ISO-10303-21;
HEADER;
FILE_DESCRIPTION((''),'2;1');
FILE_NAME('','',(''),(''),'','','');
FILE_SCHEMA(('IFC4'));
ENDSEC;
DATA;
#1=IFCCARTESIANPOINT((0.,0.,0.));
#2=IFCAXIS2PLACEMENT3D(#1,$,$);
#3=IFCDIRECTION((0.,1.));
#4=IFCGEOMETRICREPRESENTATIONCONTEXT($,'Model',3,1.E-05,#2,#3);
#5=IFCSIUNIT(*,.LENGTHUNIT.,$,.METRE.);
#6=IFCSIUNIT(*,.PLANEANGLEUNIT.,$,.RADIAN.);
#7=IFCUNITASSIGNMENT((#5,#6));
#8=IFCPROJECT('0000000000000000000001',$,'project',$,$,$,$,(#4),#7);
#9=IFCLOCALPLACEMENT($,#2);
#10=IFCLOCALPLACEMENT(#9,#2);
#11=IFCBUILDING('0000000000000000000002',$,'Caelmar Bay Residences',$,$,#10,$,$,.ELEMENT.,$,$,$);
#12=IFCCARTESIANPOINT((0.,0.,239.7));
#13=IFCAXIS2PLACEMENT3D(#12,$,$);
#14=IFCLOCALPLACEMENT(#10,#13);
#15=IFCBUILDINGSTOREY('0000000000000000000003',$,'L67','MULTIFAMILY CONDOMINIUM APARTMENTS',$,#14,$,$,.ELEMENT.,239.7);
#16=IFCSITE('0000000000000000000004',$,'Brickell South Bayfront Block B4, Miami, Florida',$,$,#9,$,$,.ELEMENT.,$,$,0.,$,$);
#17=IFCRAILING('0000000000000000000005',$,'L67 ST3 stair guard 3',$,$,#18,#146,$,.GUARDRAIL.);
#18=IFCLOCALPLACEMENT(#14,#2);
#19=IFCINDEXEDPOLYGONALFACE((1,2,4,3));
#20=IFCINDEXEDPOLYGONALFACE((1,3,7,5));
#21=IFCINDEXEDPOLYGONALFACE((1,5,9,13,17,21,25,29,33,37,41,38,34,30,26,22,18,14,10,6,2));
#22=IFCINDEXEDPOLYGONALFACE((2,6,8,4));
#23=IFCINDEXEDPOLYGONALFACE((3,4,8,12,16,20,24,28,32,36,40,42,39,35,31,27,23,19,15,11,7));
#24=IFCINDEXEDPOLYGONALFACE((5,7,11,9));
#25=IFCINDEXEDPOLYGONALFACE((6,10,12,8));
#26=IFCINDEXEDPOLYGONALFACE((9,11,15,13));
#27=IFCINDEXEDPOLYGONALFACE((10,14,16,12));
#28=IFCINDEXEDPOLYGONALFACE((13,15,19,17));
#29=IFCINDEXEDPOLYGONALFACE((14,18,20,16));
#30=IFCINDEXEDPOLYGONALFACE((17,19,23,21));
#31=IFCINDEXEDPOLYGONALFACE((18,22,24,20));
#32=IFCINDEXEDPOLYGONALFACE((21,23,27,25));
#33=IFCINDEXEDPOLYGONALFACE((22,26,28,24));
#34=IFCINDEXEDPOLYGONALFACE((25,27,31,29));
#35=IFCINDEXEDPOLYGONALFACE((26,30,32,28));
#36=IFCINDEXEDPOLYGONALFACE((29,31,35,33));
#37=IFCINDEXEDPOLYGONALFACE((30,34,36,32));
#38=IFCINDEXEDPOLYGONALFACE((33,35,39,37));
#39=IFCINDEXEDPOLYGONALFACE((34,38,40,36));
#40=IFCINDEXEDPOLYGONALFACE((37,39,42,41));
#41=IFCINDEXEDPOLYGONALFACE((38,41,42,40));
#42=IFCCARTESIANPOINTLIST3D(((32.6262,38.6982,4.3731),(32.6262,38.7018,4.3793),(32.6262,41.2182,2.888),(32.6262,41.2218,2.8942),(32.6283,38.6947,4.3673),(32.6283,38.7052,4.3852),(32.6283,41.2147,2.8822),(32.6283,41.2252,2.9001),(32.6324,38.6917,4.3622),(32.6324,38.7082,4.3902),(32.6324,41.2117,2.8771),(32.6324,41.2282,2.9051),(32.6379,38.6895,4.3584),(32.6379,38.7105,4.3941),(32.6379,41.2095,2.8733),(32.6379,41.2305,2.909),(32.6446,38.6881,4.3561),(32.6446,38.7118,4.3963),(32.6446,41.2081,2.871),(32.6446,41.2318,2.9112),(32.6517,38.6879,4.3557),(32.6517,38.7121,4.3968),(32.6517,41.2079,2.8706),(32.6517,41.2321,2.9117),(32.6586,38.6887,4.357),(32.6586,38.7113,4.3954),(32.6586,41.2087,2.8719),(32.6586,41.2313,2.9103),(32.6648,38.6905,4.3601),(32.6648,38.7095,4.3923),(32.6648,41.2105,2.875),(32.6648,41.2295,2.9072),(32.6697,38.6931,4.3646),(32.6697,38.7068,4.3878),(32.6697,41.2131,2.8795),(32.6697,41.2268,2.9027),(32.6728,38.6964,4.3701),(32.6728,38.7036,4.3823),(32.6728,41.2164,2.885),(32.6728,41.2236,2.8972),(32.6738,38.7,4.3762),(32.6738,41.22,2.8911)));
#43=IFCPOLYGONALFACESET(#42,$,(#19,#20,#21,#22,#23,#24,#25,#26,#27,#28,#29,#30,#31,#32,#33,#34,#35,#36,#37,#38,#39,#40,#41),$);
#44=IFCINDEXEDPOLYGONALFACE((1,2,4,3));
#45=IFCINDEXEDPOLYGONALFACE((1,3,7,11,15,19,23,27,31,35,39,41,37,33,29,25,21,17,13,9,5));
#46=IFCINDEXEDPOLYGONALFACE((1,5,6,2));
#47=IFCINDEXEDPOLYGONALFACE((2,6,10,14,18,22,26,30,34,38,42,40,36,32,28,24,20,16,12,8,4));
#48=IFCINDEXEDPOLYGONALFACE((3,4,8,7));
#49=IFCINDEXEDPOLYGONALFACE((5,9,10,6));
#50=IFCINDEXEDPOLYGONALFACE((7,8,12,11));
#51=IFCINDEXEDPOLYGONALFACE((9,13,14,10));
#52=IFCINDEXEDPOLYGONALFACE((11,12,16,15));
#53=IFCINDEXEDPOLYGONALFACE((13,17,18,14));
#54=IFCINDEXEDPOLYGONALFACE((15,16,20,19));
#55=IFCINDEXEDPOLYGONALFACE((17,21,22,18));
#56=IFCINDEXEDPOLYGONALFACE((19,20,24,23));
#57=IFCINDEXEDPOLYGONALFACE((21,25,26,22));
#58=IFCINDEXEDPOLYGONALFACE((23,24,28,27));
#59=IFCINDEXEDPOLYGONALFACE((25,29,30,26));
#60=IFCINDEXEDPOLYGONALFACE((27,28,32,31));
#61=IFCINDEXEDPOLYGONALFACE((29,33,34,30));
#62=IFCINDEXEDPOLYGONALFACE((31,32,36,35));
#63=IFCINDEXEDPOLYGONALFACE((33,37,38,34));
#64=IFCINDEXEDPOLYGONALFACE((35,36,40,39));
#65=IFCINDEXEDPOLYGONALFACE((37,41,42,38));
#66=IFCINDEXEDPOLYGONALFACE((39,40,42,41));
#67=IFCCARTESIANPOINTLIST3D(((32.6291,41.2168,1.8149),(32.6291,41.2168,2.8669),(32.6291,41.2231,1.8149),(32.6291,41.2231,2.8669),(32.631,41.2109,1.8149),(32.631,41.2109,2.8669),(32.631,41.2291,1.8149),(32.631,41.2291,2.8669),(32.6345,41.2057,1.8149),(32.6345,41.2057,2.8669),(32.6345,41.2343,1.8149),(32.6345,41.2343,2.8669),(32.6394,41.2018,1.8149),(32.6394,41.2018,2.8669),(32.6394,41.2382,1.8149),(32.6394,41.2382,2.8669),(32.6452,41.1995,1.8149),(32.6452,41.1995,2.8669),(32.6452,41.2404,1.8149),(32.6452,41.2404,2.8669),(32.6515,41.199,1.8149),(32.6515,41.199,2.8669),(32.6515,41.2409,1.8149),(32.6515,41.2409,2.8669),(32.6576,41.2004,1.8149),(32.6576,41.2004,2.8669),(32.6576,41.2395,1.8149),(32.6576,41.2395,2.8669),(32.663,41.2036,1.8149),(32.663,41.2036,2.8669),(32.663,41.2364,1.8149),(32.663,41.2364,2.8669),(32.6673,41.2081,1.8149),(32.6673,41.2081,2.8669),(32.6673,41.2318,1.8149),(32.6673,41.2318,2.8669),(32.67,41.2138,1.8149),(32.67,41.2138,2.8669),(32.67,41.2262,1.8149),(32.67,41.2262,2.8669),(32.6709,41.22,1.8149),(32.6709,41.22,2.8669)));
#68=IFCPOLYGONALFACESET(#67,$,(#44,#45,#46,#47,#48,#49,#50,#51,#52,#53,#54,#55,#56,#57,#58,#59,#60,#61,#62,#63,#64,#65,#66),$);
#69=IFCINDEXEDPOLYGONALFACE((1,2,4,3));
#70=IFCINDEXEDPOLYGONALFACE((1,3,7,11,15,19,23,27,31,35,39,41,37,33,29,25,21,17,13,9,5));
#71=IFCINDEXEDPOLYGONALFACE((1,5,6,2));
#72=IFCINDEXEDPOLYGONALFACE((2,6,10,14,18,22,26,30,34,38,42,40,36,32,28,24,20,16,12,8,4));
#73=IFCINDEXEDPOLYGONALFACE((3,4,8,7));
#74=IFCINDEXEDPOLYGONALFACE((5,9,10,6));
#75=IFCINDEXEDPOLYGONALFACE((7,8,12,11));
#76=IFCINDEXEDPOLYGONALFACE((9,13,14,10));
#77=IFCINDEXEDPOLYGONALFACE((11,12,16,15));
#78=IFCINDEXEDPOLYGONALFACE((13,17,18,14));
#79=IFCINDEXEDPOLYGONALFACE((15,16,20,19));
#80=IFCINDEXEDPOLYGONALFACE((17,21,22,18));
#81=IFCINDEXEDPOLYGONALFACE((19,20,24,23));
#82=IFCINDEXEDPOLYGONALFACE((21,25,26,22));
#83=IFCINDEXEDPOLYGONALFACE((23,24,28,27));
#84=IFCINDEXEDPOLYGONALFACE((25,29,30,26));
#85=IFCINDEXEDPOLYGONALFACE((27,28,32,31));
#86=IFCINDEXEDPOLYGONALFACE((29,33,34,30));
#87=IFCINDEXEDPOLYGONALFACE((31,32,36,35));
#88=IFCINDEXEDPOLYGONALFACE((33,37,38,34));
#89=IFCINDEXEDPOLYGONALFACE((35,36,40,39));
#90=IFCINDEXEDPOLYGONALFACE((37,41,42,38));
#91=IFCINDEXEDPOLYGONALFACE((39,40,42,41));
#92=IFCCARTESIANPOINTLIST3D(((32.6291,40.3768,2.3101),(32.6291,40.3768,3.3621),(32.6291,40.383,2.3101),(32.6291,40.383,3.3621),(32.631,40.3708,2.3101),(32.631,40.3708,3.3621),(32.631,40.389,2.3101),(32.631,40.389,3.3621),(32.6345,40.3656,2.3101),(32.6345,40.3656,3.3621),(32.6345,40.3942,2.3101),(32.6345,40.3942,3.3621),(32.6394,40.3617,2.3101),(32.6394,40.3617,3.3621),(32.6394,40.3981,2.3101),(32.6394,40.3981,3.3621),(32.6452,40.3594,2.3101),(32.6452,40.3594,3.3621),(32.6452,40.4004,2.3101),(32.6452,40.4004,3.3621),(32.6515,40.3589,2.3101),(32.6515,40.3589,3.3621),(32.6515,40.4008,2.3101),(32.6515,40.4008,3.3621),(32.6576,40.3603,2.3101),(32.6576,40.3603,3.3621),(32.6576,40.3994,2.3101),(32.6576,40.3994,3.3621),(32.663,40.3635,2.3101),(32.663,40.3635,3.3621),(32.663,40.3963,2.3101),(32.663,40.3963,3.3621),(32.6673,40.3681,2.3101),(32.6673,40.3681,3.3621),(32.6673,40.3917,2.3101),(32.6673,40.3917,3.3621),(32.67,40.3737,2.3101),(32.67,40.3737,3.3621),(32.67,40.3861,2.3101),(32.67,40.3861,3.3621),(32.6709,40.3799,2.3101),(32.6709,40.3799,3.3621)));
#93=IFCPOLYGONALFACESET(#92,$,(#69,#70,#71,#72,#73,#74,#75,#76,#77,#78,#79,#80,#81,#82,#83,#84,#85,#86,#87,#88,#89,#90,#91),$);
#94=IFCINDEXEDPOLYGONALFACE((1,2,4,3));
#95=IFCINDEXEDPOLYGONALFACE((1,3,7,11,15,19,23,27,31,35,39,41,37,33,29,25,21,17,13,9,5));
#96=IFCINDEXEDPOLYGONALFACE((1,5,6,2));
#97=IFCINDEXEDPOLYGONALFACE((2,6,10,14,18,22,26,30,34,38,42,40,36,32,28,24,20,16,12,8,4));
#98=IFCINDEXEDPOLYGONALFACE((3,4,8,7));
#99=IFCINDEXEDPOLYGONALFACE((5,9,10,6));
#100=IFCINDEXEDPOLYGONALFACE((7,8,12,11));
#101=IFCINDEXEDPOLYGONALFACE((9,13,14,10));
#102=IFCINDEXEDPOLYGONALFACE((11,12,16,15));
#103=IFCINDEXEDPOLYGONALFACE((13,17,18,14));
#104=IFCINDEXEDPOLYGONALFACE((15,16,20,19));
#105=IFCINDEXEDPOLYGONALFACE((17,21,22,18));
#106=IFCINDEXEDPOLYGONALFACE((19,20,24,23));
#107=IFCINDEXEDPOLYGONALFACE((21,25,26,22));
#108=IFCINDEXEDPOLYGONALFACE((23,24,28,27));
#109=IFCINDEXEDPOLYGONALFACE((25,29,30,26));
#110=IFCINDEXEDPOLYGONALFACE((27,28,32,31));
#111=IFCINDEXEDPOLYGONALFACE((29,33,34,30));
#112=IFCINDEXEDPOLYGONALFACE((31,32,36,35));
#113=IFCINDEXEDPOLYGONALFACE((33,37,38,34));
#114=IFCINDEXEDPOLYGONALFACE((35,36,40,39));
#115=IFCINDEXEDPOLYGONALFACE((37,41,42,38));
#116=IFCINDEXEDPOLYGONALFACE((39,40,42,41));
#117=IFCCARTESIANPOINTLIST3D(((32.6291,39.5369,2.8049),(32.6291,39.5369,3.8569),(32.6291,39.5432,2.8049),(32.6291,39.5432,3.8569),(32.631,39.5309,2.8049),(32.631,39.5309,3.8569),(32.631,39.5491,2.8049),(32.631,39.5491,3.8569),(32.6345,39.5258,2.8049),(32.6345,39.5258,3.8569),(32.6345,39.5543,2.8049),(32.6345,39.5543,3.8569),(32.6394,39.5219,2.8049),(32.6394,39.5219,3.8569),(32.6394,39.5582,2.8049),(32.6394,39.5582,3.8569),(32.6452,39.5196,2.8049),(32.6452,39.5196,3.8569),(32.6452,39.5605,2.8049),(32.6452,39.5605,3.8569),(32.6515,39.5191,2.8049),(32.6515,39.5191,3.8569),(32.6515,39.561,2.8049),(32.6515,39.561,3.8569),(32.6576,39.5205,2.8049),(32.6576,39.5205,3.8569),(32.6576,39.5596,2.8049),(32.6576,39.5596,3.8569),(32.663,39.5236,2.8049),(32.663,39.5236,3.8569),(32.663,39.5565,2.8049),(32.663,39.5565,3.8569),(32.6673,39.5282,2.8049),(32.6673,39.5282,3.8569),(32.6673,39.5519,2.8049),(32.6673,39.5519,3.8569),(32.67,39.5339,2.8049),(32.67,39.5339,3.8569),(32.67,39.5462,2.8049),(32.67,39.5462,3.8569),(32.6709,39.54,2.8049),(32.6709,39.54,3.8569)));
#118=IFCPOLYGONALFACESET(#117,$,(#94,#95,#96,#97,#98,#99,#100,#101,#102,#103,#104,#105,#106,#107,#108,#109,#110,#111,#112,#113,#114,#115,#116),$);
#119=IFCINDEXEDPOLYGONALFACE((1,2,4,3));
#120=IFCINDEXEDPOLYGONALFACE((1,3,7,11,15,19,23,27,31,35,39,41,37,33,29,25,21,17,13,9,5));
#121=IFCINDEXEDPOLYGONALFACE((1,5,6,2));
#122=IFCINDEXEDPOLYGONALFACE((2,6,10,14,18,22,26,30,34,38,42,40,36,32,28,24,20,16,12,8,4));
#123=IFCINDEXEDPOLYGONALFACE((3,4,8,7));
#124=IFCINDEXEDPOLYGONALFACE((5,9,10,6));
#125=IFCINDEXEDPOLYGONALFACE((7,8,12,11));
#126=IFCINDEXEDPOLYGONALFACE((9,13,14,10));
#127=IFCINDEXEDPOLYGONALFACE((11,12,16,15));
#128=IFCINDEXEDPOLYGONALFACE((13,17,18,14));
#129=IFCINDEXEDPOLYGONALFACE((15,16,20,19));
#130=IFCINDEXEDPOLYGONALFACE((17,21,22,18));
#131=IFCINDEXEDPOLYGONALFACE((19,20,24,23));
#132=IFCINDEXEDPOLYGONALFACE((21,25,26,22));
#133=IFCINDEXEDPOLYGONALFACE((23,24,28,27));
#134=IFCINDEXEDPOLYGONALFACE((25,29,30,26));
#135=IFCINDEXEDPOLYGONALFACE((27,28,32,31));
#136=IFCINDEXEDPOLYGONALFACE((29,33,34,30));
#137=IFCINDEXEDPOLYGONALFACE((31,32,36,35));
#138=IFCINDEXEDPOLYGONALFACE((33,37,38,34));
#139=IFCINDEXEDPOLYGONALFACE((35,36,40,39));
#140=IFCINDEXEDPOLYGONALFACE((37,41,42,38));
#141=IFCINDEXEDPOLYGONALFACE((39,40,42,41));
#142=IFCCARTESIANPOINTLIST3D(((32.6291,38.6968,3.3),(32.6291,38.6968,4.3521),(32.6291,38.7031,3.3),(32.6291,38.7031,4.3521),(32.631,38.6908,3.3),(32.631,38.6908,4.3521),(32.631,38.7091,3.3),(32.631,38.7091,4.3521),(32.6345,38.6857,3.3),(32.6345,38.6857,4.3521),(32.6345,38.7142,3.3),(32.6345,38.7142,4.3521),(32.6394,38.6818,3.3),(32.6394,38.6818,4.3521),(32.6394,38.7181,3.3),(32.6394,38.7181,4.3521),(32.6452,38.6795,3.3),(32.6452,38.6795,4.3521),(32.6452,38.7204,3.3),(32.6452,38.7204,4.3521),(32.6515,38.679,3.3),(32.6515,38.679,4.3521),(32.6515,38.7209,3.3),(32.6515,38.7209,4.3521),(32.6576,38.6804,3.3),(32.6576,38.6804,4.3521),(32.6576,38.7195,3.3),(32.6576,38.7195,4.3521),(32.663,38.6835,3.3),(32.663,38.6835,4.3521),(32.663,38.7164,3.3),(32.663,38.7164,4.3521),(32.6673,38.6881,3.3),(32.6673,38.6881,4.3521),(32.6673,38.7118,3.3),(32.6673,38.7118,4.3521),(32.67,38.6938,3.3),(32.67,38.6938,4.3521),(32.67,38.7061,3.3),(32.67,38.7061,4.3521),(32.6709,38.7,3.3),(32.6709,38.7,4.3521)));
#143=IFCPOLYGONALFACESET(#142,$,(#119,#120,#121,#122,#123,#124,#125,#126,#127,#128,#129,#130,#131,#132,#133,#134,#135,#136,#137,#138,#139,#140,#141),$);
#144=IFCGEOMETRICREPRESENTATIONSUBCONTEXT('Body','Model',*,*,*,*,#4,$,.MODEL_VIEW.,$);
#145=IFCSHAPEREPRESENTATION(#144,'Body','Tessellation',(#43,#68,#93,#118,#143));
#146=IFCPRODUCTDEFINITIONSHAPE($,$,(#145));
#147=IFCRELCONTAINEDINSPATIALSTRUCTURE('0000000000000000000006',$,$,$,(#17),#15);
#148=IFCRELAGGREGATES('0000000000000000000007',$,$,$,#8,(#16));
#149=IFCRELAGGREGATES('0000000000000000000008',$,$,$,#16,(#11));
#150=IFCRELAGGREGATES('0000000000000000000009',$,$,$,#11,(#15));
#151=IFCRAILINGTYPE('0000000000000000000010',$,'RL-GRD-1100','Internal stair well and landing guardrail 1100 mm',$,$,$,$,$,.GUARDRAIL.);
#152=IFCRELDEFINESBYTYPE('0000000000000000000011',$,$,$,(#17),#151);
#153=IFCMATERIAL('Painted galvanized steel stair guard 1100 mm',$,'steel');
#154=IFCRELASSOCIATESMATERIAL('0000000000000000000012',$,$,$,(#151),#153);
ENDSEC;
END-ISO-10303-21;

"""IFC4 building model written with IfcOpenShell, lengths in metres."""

from ifc_helpers import new_model, si_unit, direction, frame, origin, origin_2d, place, context, subcontext, project, spatial, circle, extrude, material, type_object, element, save


model = new_model("IFC4")

# Units and contexts
model_context = context("Model", 3, precision=1e-05, world=origin(), true_north=direction((0.0, 1.0)))
body_context = subcontext(model_context, "Body", "Model", "MODEL_VIEW")
ifc_project = project(units=[si_unit("LENGTHUNIT", "METRE"), si_unit("PLANEANGLEUNIT", "RADIAN")], contexts=[model_context])

# Site, building, storey
site_placement = place(None, origin())
site = spatial("IfcSite", under=ifc_project, at=site_placement, Name="Brickell South Bayfront Block B4, Miami, Florida", CompositionType="ELEMENT", RefElevation=0.0)
building_placement = place(site_placement, origin())
building = spatial("IfcBuilding", under=site, at=building_placement, Name="Caelmar Bay Residences", CompositionType="ELEMENT")
storey_placement = place(building_placement, frame((0.0, 0.0, 239.7)))
storey = spatial("IfcBuildingStorey", under=building, at=storey_placement, Name="L67", Description="MULTIFAMILY CONDOMINIUM APARTMENTS", CompositionType="ELEMENT", Elevation=239.7)

# Railing
ifc_material_1 = material(Name="Painted galvanized steel stair guard 1100 mm", Category="steel")
railing_type_1 = type_object("IfcRailingType", Name="RL-GRD-1100", Description="Internal stair well and landing guardrail 1100 mm", PredefinedType="GUARDRAIL", material=ifc_material_1)
railing_1_placement = place(storey_placement, frame((32.6499, 41.22, 1.8149)))
element("IfcRailing", 1, at=railing_1_placement, inside=storey, type_object=railing_type_1, Name="L67 ST3 stair guard 3", PredefinedType="GUARDRAIL", context=body_context, shape_type="SweptSolid", body=[
    extrude(circle(Radius=0.0239, at=origin_2d()), frame((0.0, 0.0, 1.0762), z_axis=(0.0, -0.861524, 0.507717), x_axis=(1.0, 0.0, 0.0)), (0.0, 0.0, 1.0), 2.925),
    extrude(circle(Radius=0.021, at=origin_2d()), origin(), (0.0, 0.0, 1.0), 1.052),
    extrude(circle(Radius=0.021, at=origin_2d()), frame((0.0, -0.8401, 0.4951)), (0.0, 0.0, 1.0), 1.052),
    extrude(circle(Radius=0.021, at=origin_2d()), frame((0.0, -1.6799, 0.99)), (0.0, 0.0, 1.0), 1.052),
    extrude(circle(Radius=0.021, at=origin_2d()), frame((0.0, -2.52, 1.4851)), (0.0, 0.0, 1.0), 1.052),
])

save(model, "model.ifc")
